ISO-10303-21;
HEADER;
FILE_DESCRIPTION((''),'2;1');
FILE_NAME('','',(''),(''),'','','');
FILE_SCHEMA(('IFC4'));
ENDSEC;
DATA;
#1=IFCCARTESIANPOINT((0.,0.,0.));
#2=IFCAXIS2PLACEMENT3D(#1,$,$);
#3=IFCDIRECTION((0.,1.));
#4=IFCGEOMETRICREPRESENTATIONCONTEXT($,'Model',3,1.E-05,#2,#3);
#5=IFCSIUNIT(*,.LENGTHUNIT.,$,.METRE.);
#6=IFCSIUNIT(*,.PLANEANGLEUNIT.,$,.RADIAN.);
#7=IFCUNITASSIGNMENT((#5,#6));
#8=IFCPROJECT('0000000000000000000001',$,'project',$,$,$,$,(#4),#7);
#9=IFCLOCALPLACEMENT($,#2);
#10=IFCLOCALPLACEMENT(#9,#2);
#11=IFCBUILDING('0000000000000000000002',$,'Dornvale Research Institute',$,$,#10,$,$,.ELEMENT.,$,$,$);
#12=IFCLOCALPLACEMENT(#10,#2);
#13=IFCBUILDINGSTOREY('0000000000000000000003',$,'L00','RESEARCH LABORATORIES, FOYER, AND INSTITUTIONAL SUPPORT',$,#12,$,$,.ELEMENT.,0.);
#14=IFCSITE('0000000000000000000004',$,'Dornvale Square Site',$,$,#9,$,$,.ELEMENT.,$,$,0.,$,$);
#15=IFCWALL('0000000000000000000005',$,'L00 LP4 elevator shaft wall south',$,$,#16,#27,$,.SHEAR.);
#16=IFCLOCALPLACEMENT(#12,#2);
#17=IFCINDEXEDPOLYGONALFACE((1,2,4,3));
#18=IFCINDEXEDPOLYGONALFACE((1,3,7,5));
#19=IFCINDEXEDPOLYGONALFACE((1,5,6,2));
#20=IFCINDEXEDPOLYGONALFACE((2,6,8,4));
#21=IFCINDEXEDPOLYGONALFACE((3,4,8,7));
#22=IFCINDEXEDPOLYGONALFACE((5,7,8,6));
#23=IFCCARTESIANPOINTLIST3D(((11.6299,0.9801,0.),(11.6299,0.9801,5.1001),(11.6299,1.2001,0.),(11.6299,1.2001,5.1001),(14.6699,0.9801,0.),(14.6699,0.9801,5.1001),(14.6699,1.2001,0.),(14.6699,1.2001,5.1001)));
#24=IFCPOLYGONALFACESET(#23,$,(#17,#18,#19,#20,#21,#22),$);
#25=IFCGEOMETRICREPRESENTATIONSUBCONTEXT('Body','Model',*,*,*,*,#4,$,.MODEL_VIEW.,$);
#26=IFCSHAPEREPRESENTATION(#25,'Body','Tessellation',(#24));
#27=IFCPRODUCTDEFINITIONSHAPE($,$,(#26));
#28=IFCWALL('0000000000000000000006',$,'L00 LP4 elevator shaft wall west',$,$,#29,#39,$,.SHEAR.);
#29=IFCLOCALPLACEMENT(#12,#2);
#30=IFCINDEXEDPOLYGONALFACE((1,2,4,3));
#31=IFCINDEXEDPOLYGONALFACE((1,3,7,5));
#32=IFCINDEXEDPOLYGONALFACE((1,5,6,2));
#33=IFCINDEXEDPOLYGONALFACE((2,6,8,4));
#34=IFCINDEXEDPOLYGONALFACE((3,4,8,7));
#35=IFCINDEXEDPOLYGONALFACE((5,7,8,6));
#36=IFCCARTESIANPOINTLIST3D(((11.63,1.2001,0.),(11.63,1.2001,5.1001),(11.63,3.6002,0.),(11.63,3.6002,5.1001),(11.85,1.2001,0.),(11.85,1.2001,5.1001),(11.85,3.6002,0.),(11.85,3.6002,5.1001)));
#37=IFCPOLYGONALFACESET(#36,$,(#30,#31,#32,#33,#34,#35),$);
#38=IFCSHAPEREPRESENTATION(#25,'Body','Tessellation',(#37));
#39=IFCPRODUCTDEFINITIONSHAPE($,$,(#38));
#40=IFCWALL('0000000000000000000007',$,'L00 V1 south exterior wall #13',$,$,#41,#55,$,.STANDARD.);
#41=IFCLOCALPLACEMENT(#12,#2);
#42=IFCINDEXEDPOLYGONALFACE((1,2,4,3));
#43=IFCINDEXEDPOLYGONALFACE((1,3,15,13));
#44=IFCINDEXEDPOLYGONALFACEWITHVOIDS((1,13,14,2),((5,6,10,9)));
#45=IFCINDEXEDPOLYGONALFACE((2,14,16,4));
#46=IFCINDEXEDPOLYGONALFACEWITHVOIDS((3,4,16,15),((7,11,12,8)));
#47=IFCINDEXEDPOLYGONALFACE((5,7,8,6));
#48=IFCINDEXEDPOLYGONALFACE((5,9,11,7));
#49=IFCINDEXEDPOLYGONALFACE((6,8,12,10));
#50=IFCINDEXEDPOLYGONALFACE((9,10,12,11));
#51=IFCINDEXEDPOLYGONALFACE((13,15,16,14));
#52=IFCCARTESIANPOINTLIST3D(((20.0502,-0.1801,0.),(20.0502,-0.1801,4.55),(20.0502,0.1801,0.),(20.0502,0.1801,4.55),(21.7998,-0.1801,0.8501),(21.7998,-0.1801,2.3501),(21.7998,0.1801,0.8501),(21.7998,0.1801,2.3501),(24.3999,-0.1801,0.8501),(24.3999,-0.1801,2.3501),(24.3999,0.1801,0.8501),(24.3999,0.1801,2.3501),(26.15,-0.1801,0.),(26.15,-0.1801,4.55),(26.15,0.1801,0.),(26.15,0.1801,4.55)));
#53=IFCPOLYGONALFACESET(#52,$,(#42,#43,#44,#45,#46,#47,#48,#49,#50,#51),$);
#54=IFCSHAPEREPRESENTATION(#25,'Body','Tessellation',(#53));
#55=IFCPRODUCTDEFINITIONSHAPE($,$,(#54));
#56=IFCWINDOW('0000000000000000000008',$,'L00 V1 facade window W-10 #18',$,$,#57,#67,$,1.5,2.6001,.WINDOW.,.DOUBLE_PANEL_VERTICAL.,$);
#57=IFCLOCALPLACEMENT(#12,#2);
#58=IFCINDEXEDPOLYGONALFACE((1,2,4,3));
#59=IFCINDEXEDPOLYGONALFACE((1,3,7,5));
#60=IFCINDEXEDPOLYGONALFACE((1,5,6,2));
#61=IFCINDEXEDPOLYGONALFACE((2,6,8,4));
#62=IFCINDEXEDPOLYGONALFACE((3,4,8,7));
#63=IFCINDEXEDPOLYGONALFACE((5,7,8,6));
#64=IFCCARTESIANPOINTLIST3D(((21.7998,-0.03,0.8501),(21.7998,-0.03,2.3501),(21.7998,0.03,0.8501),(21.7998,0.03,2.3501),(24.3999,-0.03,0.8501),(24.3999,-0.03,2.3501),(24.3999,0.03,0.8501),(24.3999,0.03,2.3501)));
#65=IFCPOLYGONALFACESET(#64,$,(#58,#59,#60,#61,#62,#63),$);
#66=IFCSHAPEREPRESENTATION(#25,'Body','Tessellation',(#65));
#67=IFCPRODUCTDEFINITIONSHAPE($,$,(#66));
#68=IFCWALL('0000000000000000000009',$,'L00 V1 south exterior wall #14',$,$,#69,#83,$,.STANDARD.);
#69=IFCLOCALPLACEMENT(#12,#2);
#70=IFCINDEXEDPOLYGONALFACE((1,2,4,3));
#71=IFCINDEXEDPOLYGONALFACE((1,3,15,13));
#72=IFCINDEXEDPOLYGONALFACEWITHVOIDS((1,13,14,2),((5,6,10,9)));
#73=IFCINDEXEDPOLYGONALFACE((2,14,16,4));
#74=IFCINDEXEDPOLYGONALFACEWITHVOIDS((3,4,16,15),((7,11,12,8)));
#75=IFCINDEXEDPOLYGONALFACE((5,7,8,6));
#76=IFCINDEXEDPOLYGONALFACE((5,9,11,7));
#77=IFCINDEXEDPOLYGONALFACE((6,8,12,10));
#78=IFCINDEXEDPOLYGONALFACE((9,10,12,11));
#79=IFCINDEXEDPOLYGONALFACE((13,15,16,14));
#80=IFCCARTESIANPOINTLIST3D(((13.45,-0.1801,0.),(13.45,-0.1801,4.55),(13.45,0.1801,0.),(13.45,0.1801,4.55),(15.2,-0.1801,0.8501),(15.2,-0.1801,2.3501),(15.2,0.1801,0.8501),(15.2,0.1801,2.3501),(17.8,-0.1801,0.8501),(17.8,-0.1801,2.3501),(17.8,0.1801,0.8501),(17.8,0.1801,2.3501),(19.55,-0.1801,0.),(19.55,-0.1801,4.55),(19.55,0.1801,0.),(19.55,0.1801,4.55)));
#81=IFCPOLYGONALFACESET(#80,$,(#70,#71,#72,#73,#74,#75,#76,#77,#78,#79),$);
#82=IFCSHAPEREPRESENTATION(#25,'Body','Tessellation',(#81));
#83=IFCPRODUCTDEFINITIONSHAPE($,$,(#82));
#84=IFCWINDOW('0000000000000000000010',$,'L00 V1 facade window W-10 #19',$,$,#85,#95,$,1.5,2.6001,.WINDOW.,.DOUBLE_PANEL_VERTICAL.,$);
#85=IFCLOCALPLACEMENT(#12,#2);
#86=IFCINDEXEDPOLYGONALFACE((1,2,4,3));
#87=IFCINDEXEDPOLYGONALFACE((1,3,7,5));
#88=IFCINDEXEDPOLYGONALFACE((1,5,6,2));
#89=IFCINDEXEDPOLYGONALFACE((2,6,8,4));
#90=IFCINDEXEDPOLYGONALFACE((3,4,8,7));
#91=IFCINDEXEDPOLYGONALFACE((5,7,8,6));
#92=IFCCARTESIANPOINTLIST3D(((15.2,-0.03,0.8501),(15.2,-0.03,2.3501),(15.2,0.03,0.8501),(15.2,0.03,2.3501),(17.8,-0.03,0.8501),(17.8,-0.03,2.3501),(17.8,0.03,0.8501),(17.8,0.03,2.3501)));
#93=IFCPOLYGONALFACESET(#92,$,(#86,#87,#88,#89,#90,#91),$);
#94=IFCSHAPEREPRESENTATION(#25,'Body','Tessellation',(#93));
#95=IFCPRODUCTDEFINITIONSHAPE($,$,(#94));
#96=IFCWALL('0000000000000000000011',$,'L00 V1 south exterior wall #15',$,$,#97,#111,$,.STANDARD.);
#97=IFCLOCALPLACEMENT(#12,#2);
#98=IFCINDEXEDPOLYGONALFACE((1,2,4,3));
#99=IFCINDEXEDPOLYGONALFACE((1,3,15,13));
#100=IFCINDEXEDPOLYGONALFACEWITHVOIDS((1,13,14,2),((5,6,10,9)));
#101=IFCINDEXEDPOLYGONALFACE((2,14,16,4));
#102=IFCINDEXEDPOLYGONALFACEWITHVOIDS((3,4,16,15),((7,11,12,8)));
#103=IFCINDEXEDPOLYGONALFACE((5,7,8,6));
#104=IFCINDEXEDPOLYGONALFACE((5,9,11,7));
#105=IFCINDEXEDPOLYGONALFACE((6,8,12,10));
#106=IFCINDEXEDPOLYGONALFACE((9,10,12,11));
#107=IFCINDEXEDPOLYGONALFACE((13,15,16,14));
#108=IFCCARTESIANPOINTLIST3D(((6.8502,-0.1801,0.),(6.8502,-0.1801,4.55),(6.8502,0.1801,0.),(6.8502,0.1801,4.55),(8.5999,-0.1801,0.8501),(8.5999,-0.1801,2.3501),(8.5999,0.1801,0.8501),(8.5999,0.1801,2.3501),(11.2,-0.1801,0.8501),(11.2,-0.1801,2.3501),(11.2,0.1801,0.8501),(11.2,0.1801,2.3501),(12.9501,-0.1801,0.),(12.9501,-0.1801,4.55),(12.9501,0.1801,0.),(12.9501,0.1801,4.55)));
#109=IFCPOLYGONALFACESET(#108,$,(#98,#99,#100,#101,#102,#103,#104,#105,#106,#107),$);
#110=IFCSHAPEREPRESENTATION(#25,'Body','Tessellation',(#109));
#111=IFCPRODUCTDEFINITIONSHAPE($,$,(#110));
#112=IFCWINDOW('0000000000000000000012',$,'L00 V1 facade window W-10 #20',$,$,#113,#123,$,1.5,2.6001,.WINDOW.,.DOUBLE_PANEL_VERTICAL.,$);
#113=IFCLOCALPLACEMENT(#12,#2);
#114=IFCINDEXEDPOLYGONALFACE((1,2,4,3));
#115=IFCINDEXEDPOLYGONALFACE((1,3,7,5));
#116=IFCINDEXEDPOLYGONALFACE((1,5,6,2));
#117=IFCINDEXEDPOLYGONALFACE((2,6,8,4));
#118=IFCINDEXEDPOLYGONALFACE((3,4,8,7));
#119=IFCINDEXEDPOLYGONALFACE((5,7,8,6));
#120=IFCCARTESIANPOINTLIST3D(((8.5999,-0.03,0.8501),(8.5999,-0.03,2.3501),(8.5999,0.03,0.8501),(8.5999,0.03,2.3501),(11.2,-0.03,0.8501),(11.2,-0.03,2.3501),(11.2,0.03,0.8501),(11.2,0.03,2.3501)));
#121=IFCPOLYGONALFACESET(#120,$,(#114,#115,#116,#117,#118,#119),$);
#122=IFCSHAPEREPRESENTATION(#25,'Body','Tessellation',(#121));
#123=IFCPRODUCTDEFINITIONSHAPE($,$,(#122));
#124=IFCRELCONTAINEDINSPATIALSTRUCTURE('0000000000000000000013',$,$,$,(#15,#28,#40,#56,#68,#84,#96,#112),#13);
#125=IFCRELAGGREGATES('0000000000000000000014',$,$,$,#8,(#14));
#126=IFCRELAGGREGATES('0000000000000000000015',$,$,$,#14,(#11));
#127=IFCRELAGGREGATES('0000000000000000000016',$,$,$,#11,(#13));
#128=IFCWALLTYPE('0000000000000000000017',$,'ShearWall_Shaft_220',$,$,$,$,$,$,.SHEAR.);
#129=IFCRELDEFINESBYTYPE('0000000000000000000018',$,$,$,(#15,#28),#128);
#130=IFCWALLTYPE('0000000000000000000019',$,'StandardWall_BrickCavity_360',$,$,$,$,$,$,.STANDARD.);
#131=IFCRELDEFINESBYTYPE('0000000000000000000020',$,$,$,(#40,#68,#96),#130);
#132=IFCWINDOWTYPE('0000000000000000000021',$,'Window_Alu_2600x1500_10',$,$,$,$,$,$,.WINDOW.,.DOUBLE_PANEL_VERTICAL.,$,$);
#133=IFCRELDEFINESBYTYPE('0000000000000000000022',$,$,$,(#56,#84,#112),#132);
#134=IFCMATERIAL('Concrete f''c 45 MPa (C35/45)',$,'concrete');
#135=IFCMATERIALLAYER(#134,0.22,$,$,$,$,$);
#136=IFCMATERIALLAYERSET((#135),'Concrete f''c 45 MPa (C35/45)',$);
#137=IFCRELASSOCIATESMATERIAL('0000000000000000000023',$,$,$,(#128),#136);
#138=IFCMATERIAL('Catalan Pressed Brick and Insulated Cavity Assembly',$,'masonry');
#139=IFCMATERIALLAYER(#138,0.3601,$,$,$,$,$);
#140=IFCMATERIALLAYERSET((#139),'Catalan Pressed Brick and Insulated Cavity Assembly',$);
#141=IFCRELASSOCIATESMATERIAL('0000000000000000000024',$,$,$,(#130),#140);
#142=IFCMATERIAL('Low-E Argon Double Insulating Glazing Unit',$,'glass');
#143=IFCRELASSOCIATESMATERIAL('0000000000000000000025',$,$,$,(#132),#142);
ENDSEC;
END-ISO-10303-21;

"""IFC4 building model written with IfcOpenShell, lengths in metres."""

from ifc_helpers import new_model, si_unit, direction, frame, frame_2d, origin, place, context, subcontext, project, spatial, rectangle, extrude, material, layer, layer_set, type_object, element, fill, save


model = new_model("IFC4")

# Units and contexts
model_context = context("Model", 3, precision=1e-05, world=origin(), true_north=direction((0.0, 1.0)))
body_context = subcontext(model_context, "Body", "Model", "MODEL_VIEW")
ifc_project = project(units=[si_unit("LENGTHUNIT", "METRE"), si_unit("PLANEANGLEUNIT", "RADIAN")], contexts=[model_context])

# Site, building, storey
site_placement = place(None, origin())
site = spatial("IfcSite", under=ifc_project, at=site_placement, Name="Dornvale Square Site", CompositionType="ELEMENT", RefElevation=0.0)
building_placement = place(site_placement, origin())
building = spatial("IfcBuilding", under=site, at=building_placement, Name="Dornvale Research Institute", CompositionType="ELEMENT")
storey_placement = place(building_placement, origin())
storey = spatial("IfcBuildingStorey", under=building, at=storey_placement, Name="L00", Description="RESEARCH LABORATORIES, FOYER, AND INSTITUTIONAL SUPPORT", CompositionType="ELEMENT", Elevation=0.0)

# Walls
ifc_material_1 = material(Name="Concrete f'c 45 MPa (C35/45)", Category="concrete")
ifc_layer_1 = layer(ifc_material_1, 0.22)
ifc_layer_set_1 = layer_set([ifc_layer_1], Name="Concrete f'c 45 MPa (C35/45)")
wall_type_1 = type_object("IfcWallType", Name="ShearWall_Shaft_220", PredefinedType="SHEAR", material=ifc_layer_set_1)
wall_1_placement = place(storey_placement, frame((11.6299, 1.0901, 0.0), z_axis=(0.0, 0.0, 1.0), x_axis=(1.0, 0.0, 0.0)))
element("IfcWall", 1, at=wall_1_placement, inside=storey, type_object=wall_type_1, Name="L00 LP4 elevator shaft wall south", PredefinedType="SHEAR", context=body_context, shape_type="SweptSolid", body=[
    extrude(rectangle(XDim=3.04, YDim=0.22, at=frame_2d((1.52, 0.0))), origin(), (0.0, 0.0, 1.0), 5.1001),
])
wall_2_placement = place(storey_placement, frame((11.74, 1.2, 0.0), z_axis=(0.0, 0.0, 1.0), x_axis=(0.0, 1.0, 0.0)))
element("IfcWall", 2, at=wall_2_placement, inside=storey, type_object=wall_type_1, Name="L00 LP4 elevator shaft wall west", PredefinedType="SHEAR", context=body_context, shape_type="SweptSolid", body=[
    extrude(rectangle(XDim=2.4001, YDim=0.22, at=frame_2d((1.2002, 0.0))), origin(), (0.0, 0.0, 1.0), 5.1001),
])

# Walls, openings, windows
ifc_material_2 = material(Name="Catalan Pressed Brick and Insulated Cavity Assembly", Category="masonry")
ifc_layer_2 = layer(ifc_material_2, 0.3601)
ifc_layer_set_2 = layer_set([ifc_layer_2], Name="Catalan Pressed Brick and Insulated Cavity Assembly")
wall_type_2 = type_object("IfcWallType", Name="StandardWall_BrickCavity_360", PredefinedType="STANDARD", material=ifc_layer_set_2)
wall_3_placement = place(storey_placement, frame((26.1499, 0.0, 0.0), z_axis=(0.0, 0.0, 1.0), x_axis=(-1.0, 0.0, 0.0)))
wall_3 = element("IfcWall", 3, at=wall_3_placement, inside=storey, type_object=wall_type_2, Name="L00 V1 south exterior wall #13", PredefinedType="STANDARD", context=body_context, shape_type="SweptSolid", body=[
    extrude(rectangle(XDim=6.0999, YDim=0.3601, at=frame_2d((3.0498, 0.0))), origin(), (0.0, 0.0, 1.0), 4.55),
])
opening_1_placement = place(wall_3_placement, frame((1.75, 0.0, 0.8501)))
opening_1 = element("IfcOpeningElement", 4, at=opening_1_placement, cuts=wall_3, PredefinedType="OPENING", context=body_context, shape_type="SweptSolid", body=[
    extrude(rectangle(XDim=2.6001, YDim=1.5, at=frame_2d((1.3, 0.75))), frame((0.0, 0.1951, 0.0), z_axis=(0.0, -1.0, 0.0), x_axis=(1.0, 0.0, 0.0)), (0.0, 0.0, 1.0), 0.3901),
])
ifc_material_3 = material(Name="Low-E Argon Double Insulating Glazing Unit", Category="glass")
window_type = type_object("IfcWindowType", Name="Window_Alu_2600x1500_10", PartitioningType="DOUBLE_PANEL_VERTICAL", PredefinedType="WINDOW", material=ifc_material_3)
window_1_placement = place(opening_1_placement, origin())
window_1 = element("IfcWindow", 5, at=window_1_placement, inside=storey, type_object=window_type, Name="L00 V1 facade window W-10 #18", OverallHeight=1.5, OverallWidth=2.6001, PartitioningType="DOUBLE_PANEL_VERTICAL", PredefinedType="WINDOW", context=body_context, shape_type="SweptSolid", body=[
    extrude(rectangle(XDim=2.6001, YDim=1.5, at=frame_2d((1.3, 0.75))), frame((0.0, 0.03, 0.0), z_axis=(0.0, -1.0, 0.0), x_axis=(1.0, 0.0, 0.0)), (0.0, 0.0, 1.0), 0.0601),
])
fill(opening_1, window_1)
wall_4_placement = place(storey_placement, frame((19.55, 0.0, 0.0), z_axis=(0.0, 0.0, 1.0), x_axis=(-1.0, 0.0, 0.0)))
wall_4 = element("IfcWall", 6, at=wall_4_placement, inside=storey, type_object=wall_type_2, Name="L00 V1 south exterior wall #14", PredefinedType="STANDARD", context=body_context, shape_type="SweptSolid", body=[
    extrude(rectangle(XDim=6.1001, YDim=0.3601, at=frame_2d((3.05, 0.0))), origin(), (0.0, 0.0, 1.0), 4.55),
])
opening_2_placement = place(wall_4_placement, frame((1.75, 0.0, 0.8501)))
opening_2 = element("IfcOpeningElement", 7, at=opening_2_placement, cuts=wall_4, PredefinedType="OPENING", context=body_context, shape_type="SweptSolid", body=[
    extrude(rectangle(XDim=2.6001, YDim=1.5, at=frame_2d((1.3, 0.75))), frame((0.0, 0.1951, 0.0), z_axis=(0.0, -1.0, 0.0), x_axis=(1.0, 0.0, 0.0)), (0.0, 0.0, 1.0), 0.3901),
])
window_2_placement = place(opening_2_placement, origin())
window_2 = element("IfcWindow", 8, at=window_2_placement, inside=storey, type_object=window_type, Name="L00 V1 facade window W-10 #19", OverallHeight=1.5, OverallWidth=2.6001, PartitioningType="DOUBLE_PANEL_VERTICAL", PredefinedType="WINDOW", context=body_context, shape_type="SweptSolid", body=[
    extrude(rectangle(XDim=2.6001, YDim=1.5, at=frame_2d((1.3, 0.75))), frame((0.0, 0.03, 0.0), z_axis=(0.0, -1.0, 0.0), x_axis=(1.0, 0.0, 0.0)), (0.0, 0.0, 1.0), 0.0601),
])
fill(opening_2, window_2)
wall_5_placement = place(storey_placement, frame((12.95, 0.0, 0.0), z_axis=(0.0, 0.0, 1.0), x_axis=(-1.0, 0.0, 0.0)))
wall_5 = element("IfcWall", 9, at=wall_5_placement, inside=storey, type_object=wall_type_2, Name="L00 V1 south exterior wall #15", PredefinedType="STANDARD", context=body_context, shape_type="SweptSolid", body=[
    extrude(rectangle(XDim=6.0999, YDim=0.3601, at=frame_2d((3.0498, 0.0))), origin(), (0.0, 0.0, 1.0), 4.55),
])
opening_3_placement = place(wall_5_placement, frame((1.75, 0.0, 0.8501)))
opening_3 = element("IfcOpeningElement", 10, at=opening_3_placement, cuts=wall_5, PredefinedType="OPENING", context=body_context, shape_type="SweptSolid", body=[
    extrude(rectangle(XDim=2.6001, YDim=1.5, at=frame_2d((1.3, 0.75))), frame((0.0, 0.1951, 0.0), z_axis=(0.0, -1.0, 0.0), x_axis=(1.0, 0.0, 0.0)), (0.0, 0.0, 1.0), 0.3901),
])
window_3_placement = place(opening_3_placement, origin())
window_3 = element("IfcWindow", 11, at=window_3_placement, inside=storey, type_object=window_type, Name="L00 V1 facade window W-10 #20", OverallHeight=1.5, OverallWidth=2.6001, PartitioningType="DOUBLE_PANEL_VERTICAL", PredefinedType="WINDOW", context=body_context, shape_type="SweptSolid", body=[
    extrude(rectangle(XDim=2.6001, YDim=1.5, at=frame_2d((1.3, 0.75))), frame((0.0, 0.03, 0.0), z_axis=(0.0, -1.0, 0.0), x_axis=(1.0, 0.0, 0.0)), (0.0, 0.0, 1.0), 0.0601),
])
fill(opening_3, window_3)

save(model, "model.ifc")
